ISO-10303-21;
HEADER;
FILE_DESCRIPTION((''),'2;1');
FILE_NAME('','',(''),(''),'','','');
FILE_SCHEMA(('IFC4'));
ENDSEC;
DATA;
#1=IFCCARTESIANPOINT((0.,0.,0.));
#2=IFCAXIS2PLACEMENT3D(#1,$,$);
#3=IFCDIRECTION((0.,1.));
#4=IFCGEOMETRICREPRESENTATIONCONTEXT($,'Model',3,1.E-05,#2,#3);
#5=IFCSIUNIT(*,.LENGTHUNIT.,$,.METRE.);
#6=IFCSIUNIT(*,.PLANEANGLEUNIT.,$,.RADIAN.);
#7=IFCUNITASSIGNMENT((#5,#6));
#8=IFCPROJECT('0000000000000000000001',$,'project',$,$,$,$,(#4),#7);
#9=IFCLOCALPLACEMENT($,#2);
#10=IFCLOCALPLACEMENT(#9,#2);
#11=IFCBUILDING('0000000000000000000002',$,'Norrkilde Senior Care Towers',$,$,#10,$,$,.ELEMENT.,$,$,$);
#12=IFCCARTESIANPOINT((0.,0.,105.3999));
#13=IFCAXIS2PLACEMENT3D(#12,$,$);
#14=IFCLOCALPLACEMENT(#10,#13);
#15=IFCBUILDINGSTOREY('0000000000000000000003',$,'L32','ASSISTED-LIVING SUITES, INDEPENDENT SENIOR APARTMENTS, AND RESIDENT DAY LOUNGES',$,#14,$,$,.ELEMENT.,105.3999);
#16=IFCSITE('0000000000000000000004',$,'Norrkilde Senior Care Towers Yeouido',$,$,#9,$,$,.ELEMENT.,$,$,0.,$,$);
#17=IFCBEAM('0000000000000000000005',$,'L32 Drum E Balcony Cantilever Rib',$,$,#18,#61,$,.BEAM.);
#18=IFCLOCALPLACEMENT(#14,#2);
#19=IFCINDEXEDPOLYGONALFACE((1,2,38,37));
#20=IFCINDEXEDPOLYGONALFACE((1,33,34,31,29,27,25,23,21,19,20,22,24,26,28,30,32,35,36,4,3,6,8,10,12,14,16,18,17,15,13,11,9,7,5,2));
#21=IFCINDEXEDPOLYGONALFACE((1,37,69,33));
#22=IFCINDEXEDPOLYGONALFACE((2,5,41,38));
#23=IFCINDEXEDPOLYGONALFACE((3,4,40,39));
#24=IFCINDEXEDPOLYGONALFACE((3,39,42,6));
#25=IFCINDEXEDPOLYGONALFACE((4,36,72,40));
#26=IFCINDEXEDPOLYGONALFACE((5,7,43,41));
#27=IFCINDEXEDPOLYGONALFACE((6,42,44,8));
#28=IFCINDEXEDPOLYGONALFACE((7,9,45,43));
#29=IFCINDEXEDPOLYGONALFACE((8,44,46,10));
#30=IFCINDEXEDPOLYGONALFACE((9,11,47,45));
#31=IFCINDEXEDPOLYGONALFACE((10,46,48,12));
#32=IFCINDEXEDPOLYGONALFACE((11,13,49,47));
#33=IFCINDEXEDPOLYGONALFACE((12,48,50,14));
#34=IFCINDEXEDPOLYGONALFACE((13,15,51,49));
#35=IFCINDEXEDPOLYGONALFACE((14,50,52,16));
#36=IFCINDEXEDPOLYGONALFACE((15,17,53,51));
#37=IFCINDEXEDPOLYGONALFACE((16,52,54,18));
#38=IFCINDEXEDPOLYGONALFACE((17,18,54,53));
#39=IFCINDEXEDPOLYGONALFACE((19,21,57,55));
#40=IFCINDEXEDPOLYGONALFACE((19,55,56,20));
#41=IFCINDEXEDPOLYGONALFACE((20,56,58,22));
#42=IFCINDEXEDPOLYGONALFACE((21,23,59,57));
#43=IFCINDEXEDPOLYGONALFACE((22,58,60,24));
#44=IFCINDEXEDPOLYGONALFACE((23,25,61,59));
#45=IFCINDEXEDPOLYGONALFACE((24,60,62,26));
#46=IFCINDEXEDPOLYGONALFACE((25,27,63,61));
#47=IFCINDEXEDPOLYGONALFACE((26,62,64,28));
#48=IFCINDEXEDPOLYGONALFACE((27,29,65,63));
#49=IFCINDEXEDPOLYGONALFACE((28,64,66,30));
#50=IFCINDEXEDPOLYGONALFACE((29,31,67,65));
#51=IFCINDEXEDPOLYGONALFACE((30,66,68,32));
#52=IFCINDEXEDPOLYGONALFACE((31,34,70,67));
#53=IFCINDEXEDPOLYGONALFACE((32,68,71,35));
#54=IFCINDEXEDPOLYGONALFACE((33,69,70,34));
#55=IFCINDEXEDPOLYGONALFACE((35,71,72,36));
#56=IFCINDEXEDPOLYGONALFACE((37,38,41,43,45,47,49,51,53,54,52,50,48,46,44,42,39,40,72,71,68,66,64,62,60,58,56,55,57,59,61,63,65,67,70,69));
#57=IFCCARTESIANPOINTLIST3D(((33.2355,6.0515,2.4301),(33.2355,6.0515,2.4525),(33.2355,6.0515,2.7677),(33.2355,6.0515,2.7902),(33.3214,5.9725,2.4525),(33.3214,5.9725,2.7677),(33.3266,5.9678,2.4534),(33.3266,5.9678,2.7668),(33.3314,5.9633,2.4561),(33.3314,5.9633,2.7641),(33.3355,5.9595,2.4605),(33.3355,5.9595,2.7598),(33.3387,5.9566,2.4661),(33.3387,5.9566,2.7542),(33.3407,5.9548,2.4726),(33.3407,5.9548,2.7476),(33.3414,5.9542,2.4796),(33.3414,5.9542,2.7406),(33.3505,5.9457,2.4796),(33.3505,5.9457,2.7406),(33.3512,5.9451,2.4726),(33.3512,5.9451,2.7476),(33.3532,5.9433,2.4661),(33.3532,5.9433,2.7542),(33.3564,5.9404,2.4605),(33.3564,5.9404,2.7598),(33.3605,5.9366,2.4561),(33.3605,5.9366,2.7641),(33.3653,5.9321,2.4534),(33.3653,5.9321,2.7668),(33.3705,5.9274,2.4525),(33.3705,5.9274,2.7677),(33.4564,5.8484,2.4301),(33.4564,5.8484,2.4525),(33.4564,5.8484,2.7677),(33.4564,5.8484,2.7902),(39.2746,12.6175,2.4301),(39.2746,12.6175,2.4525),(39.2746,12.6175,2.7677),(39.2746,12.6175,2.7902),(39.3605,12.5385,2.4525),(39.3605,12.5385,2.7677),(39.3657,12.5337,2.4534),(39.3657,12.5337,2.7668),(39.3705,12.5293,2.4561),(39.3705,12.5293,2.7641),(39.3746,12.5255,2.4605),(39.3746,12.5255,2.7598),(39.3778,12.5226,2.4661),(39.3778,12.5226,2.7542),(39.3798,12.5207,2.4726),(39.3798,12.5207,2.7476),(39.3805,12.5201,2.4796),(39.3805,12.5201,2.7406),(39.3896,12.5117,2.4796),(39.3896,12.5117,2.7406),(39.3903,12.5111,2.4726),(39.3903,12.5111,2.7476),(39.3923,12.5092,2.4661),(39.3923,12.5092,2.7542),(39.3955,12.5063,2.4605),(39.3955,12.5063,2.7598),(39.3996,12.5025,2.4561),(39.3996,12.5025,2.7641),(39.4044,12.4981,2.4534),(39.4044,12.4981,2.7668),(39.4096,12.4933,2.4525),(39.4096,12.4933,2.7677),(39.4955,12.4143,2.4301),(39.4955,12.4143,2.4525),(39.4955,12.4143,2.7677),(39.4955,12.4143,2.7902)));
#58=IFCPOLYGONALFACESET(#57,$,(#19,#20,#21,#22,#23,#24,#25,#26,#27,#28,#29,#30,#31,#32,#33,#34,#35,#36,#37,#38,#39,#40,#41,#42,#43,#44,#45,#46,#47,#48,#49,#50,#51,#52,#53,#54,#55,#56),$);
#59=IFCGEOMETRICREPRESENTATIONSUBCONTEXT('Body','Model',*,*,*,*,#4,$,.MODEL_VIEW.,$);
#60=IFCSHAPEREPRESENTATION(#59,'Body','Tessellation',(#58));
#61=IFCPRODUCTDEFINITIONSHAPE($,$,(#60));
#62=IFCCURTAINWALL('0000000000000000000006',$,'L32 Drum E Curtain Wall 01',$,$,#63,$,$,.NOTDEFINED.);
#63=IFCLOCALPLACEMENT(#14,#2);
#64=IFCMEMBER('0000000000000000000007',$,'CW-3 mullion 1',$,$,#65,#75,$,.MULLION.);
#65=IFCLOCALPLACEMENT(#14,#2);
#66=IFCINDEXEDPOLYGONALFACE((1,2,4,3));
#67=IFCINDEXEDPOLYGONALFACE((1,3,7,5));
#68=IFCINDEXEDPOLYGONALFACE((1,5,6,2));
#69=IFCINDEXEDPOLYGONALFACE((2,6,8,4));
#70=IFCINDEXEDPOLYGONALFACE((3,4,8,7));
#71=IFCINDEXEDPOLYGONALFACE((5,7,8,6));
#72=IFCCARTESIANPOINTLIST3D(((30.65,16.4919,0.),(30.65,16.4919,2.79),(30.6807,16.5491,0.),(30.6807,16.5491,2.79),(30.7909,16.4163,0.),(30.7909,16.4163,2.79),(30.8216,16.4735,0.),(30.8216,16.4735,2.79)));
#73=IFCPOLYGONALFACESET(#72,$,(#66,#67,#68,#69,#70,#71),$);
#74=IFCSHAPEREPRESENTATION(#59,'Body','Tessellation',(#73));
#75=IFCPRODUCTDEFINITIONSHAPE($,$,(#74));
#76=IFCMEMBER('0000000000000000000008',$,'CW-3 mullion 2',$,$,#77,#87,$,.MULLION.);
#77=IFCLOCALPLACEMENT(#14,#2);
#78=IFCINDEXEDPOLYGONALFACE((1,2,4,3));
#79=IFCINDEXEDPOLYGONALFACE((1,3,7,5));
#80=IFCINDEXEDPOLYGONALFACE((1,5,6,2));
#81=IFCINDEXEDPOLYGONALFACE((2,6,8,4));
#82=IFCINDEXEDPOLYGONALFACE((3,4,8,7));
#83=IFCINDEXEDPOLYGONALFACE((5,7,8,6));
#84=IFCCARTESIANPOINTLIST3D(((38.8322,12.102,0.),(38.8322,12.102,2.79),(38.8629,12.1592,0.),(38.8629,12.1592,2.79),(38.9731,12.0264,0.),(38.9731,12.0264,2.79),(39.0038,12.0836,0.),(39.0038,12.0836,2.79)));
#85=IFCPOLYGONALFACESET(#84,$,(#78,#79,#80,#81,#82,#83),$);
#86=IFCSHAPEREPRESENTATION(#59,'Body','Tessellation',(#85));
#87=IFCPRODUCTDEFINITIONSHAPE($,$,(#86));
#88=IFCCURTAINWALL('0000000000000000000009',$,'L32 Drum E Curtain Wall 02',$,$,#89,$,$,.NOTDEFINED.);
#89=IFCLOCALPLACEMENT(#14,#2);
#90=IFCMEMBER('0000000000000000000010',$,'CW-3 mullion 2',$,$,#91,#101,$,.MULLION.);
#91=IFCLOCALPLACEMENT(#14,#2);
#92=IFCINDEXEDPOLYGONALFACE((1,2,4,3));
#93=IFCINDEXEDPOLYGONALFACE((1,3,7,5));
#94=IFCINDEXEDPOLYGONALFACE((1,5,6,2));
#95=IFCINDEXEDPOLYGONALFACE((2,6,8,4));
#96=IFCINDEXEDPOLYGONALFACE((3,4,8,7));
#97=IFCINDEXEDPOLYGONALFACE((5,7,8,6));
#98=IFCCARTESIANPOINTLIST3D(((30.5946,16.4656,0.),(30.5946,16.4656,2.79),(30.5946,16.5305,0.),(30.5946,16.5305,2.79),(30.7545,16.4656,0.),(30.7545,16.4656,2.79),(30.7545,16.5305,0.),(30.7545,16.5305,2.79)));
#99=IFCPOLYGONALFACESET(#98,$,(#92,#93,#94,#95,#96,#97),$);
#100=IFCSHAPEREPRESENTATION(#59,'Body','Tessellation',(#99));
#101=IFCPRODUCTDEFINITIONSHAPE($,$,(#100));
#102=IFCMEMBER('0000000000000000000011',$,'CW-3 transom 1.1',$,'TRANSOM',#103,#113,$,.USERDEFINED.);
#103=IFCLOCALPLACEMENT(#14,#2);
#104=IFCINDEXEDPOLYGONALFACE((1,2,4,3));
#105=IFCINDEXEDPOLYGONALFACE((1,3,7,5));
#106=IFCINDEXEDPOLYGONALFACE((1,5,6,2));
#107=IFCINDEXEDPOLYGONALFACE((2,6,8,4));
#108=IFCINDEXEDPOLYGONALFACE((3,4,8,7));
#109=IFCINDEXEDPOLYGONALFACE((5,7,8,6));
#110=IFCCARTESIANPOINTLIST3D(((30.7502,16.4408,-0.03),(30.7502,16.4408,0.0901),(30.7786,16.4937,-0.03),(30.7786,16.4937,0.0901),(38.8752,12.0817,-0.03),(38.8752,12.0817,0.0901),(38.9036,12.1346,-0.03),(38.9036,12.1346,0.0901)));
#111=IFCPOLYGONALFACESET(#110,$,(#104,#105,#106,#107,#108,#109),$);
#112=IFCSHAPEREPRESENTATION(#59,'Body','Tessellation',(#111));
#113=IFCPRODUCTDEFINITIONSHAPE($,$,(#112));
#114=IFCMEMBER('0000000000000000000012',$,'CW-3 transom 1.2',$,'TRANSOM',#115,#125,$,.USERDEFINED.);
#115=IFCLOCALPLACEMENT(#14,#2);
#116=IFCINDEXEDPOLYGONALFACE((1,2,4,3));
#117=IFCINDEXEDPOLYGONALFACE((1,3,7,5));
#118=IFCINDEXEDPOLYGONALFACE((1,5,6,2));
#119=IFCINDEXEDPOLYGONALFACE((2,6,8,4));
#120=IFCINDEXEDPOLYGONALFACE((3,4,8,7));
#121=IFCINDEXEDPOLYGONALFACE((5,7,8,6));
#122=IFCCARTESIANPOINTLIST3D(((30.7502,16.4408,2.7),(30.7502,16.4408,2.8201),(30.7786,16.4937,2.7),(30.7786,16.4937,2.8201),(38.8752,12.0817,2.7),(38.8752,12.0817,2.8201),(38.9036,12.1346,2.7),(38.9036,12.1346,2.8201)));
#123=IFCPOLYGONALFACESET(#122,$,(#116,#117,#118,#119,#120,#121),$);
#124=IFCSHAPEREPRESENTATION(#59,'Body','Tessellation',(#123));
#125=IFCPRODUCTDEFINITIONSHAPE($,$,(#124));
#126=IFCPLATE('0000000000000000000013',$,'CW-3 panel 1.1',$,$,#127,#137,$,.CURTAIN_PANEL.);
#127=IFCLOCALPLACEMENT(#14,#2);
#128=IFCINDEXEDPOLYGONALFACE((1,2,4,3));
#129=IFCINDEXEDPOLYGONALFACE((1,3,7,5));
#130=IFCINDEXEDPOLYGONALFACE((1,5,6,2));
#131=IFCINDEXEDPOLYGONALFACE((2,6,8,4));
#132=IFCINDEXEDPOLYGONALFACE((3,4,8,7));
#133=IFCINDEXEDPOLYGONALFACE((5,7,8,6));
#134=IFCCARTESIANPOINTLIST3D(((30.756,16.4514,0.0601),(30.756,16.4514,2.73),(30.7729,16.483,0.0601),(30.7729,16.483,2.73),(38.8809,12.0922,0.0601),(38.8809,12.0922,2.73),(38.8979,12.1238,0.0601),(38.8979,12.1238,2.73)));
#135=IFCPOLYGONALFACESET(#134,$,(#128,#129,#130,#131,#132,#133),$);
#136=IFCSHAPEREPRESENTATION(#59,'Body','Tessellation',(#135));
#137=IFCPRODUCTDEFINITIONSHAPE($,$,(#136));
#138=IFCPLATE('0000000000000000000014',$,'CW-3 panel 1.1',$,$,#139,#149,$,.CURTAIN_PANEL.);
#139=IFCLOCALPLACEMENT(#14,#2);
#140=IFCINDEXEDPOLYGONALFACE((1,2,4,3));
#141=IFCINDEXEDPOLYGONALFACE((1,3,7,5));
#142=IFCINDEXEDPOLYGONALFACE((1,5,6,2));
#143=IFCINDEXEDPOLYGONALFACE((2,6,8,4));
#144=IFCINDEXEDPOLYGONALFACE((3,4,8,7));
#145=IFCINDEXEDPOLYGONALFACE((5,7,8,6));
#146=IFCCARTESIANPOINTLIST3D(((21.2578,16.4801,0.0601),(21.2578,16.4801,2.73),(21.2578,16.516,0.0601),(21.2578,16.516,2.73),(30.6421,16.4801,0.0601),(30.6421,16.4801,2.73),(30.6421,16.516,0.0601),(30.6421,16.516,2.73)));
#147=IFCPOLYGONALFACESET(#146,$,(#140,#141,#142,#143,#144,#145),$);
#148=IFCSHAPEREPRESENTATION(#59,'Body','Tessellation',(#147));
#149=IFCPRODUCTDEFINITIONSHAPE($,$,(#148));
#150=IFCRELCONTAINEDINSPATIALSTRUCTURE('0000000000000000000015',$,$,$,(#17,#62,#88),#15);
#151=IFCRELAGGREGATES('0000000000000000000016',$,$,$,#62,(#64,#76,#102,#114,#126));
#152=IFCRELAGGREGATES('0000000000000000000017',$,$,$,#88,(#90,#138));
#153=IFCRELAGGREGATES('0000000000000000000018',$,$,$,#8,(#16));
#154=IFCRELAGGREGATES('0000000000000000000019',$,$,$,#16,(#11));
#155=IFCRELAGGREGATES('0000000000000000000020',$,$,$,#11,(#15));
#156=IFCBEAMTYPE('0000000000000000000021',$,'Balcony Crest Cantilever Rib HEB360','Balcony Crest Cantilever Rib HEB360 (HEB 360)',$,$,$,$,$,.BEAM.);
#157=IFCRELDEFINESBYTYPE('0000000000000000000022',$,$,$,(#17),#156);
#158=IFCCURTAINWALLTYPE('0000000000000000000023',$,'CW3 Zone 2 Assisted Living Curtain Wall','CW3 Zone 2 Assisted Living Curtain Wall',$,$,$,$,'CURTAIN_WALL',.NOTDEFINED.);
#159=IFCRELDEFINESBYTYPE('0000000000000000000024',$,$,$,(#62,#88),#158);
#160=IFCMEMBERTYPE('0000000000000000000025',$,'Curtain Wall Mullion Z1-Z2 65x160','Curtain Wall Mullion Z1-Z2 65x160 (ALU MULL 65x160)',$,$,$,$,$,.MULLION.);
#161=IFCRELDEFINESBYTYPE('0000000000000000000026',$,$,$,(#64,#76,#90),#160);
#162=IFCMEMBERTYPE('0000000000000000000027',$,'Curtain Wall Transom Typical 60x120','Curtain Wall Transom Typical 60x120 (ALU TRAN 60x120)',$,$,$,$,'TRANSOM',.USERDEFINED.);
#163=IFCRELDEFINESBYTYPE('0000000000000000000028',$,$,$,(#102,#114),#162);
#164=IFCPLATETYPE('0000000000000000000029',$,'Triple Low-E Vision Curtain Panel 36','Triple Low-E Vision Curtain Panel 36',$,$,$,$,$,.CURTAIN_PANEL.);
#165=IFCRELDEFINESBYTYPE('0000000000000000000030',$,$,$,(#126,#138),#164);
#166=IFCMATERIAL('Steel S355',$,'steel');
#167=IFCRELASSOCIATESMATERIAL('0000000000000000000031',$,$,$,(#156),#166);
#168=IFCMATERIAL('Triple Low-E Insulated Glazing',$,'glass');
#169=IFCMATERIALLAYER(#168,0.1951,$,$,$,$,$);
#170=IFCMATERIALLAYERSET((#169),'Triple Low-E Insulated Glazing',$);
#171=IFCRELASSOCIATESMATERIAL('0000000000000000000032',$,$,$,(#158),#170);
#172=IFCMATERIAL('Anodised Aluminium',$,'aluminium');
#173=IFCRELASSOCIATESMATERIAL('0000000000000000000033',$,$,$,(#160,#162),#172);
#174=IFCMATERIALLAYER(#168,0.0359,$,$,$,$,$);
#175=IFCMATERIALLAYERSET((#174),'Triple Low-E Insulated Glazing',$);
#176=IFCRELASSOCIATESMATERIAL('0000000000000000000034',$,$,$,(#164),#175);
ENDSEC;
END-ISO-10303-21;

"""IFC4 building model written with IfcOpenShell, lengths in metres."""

from ifc_helpers import new_model, si_unit, direction, frame, origin, origin_2d, place, context, subcontext, project, spatial, rectangle, i_section, extrude, source, transform, mapped, material, layer, layer_set, material_profile, profile_set, type_object, type_shapes, element, aggregate, save


model = new_model("IFC4")

# Units and contexts
model_context = context("Model", 3, precision=1e-05, world=origin(), true_north=direction((0.0, 1.0)))
body_context = subcontext(model_context, "Body", "Model", "MODEL_VIEW")
ifc_project = project(units=[si_unit("LENGTHUNIT", "METRE"), si_unit("PLANEANGLEUNIT", "RADIAN")], contexts=[model_context])

# Site, building, storey
site_placement = place(None, origin())
site = spatial("IfcSite", under=ifc_project, at=site_placement, Name="Norrkilde Senior Care Towers Yeouido", CompositionType="ELEMENT", RefElevation=0.0)
building_placement = place(site_placement, origin())
building = spatial("IfcBuilding", under=site, at=building_placement, Name="Norrkilde Senior Care Towers", CompositionType="ELEMENT")
storey_placement = place(building_placement, frame((0.0, 0.0, 105.3999)))
storey = spatial("IfcBuildingStorey", under=building, at=storey_placement, Name="L32", Description="ASSISTED-LIVING SUITES, INDEPENDENT SENIOR APARTMENTS, AND RESIDENT DAY LOUNGES", CompositionType="ELEMENT", Elevation=105.3999)

# Beam
ifc_material_1 = material(Name="Steel S355", Category="steel")
ifc_material_profile_1 = material_profile(ifc_material_1, i_section(OverallWidth=0.3, OverallDepth=0.3601, WebThickness=0.0125, FlangeThickness=0.0225, FilletRadius=0.0271, at=origin_2d()), Name="HEB 360")
ifc_profile_set_1 = profile_set([ifc_material_profile_1], Name="Steel S355")
beam_type_1 = type_object("IfcBeamType", Name="Balcony Crest Cantilever Rib HEB360", Description="Balcony Crest Cantilever Rib HEB360 (HEB 360)", PredefinedType="BEAM", material=ifc_profile_set_1)
shared_shape_1 = source(origin(), body_context, "Body", "SweptSolid", [
    extrude(i_section(OverallWidth=0.3, OverallDepth=0.3601, WebThickness=0.0125, FlangeThickness=0.0225, FilletRadius=0.0271, at=origin_2d()), origin(), (0.0, 0.0, 1.0), 8.9209),
])
type_shapes(beam_type_1, [shared_shape_1])
beam_1_placement = place(storey_placement, frame((33.3459, 5.95, 2.6101), z_axis=(0.67696, 0.736019, 0.0), x_axis=(-0.736019, 0.67696, 0.0)))
element("IfcBeam", 1, at=beam_1_placement, inside=storey, type_object=beam_type_1, Name="L32 Drum E Balcony Cantilever Rib", PredefinedType="BEAM", context=body_context, shape_type="MappedRepresentation", body=[
    mapped(shared_shape_1, transform((0.0, 0.0, 0.0), x_axis=(1.0, 0.0, 0.0), y_axis=(0.0, 1.0, 0.0), z_axis=(0.0, 0.0, 1.0), scale=1.0)),
])

# Curtain wall, members
ifc_material_2 = material(Name="Triple Low-E Insulated Glazing", Category="glass")
ifc_layer_1 = layer(ifc_material_2, 0.1951)
ifc_layer_set_1 = layer_set([ifc_layer_1], Name="Triple Low-E Insulated Glazing")
curtain_wall_type = type_object("IfcCurtainWallType", Name="CW3 Zone 2 Assisted Living Curtain Wall", Description="CW3 Zone 2 Assisted Living Curtain Wall", ElementType="CURTAIN_WALL", PredefinedType="NOTDEFINED", material=ifc_layer_set_1)
curtain_wall_1_placement = place(storey_placement, origin())
curtain_wall_1 = element("IfcCurtainWall", 2, at=curtain_wall_1_placement, inside=storey, type_object=curtain_wall_type, Name="L32 Drum E Curtain Wall 01", PredefinedType="NOTDEFINED")
ifc_material_3 = material(Name="Anodised Aluminium", Category="aluminium")
ifc_material_profile_2 = material_profile(ifc_material_3, rectangle(XDim=0.0649, YDim=0.1599, at=origin_2d()), Name="ALU MULL 65x160")
ifc_profile_set_2 = profile_set([ifc_material_profile_2], Name="Anodised Aluminium")
member_type_1 = type_object("IfcMemberType", Name="Curtain Wall Mullion Z1-Z2 65x160", Description="Curtain Wall Mullion Z1-Z2 65x160 (ALU MULL 65x160)", PredefinedType="MULLION", material=ifc_profile_set_2)
shared_shape_2 = source(origin(), body_context, "Body", "SweptSolid", [
    extrude(rectangle(XDim=0.0649, YDim=0.1599, at=origin_2d()), origin(), (0.0, 0.0, 1.0), 2.79),
])
type_shapes(member_type_1, [shared_shape_2])
member_1_placement = place(storey_placement, frame((30.7358, 16.4827, 0.0), z_axis=(0.0, 0.0, 1.0), x_axis=(0.472769, 0.881186, 0.0)))
member_1 = element("IfcMember", 3, at=member_1_placement, type_object=member_type_1, Name="CW-3 mullion 1", PredefinedType="MULLION", context=body_context, shape_type="MappedRepresentation", body=[
    mapped(shared_shape_2, transform((0.0, 0.0, 0.0), x_axis=(1.0, 0.0, 0.0), y_axis=(0.0, 1.0, 0.0), z_axis=(0.0, 0.0, 1.0), scale=1.0)),
])
member_2_placement = place(storey_placement, frame((38.918, 12.0928, 0.0), z_axis=(0.0, 0.0, 1.0), x_axis=(0.472769, 0.881186, 0.0)))
member_2 = element("IfcMember", 4, at=member_2_placement, type_object=member_type_1, Name="CW-3 mullion 2", PredefinedType="MULLION", context=body_context, shape_type="MappedRepresentation", body=[
    mapped(shared_shape_2, transform((0.0, 0.0, 0.0), x_axis=(1.0, 0.0, 0.0), y_axis=(0.0, 1.0, 0.0), z_axis=(0.0, 0.0, 1.0), scale=1.0)),
])

# Curtain wall, member
curtain_wall_2_placement = place(storey_placement, origin())
curtain_wall_2 = element("IfcCurtainWall", 5, at=curtain_wall_2_placement, inside=storey, type_object=curtain_wall_type, Name="L32 Drum E Curtain Wall 02", PredefinedType="NOTDEFINED")
member_3_placement = place(storey_placement, frame((30.6746, 16.498, 0.0), z_axis=(0.0, 0.0, 1.0), x_axis=(0.0, 1.0, 0.0)))
member_3 = element("IfcMember", 6, at=member_3_placement, type_object=member_type_1, Name="CW-3 mullion 2", PredefinedType="MULLION", context=body_context, shape_type="MappedRepresentation", body=[
    mapped(shared_shape_2, transform((0.0, 0.0, 0.0), x_axis=(1.0, 0.0, 0.0), y_axis=(0.0, 1.0, 0.0), z_axis=(0.0, 0.0, 1.0), scale=1.0)),
])

# Members
ifc_material_profile_3 = material_profile(ifc_material_3, rectangle(XDim=0.0601, YDim=0.1201, at=origin_2d()), Name="ALU TRAN 60x120")
ifc_profile_set_3 = profile_set([ifc_material_profile_3], Name="Anodised Aluminium")
member_type_2 = type_object("IfcMemberType", Name="Curtain Wall Transom Typical 60x120", Description="Curtain Wall Transom Typical 60x120 (ALU TRAN 60x120)", ElementType="TRANSOM", PredefinedType="USERDEFINED", material=ifc_profile_set_3)
shared_shape_3 = source(origin(), body_context, "Body", "SweptSolid", [
    extrude(rectangle(XDim=0.0601, YDim=0.1201, at=origin_2d()), origin(), (0.0, 0.0, 1.0), 9.2205),
])
type_shapes(member_type_2, [shared_shape_3])
member_4_placement = place(storey_placement, frame((30.7644, 16.4673, 0.03), z_axis=(0.881189, -0.472765, 0.0), x_axis=(0.472765, 0.881189, 0.0)))
member_4 = element("IfcMember", 7, at=member_4_placement, type_object=member_type_2, Name="CW-3 transom 1.1", ObjectType="TRANSOM", PredefinedType="USERDEFINED", context=body_context, shape_type="MappedRepresentation", body=[
    mapped(shared_shape_3, transform((0.0, 0.0, 0.0), x_axis=(1.0, 0.0, 0.0), y_axis=(0.0, 1.0, 0.0), z_axis=(0.0, 0.0, 1.0), scale=1.0)),
])
member_5_placement = place(storey_placement, frame((30.7644, 16.4673, 2.76), z_axis=(0.881189, -0.472765, 0.0), x_axis=(0.472765, 0.881189, 0.0)))
member_5 = element("IfcMember", 8, at=member_5_placement, type_object=member_type_2, Name="CW-3 transom 1.2", ObjectType="TRANSOM", PredefinedType="USERDEFINED", context=body_context, shape_type="MappedRepresentation", body=[
    mapped(shared_shape_3, transform((0.0, 0.0, 0.0), x_axis=(1.0, 0.0, 0.0), y_axis=(0.0, 1.0, 0.0), z_axis=(0.0, 0.0, 1.0), scale=1.0)),
])

# Plates
ifc_layer_2 = layer(ifc_material_2, 0.0359)
ifc_layer_set_2 = layer_set([ifc_layer_2], Name="Triple Low-E Insulated Glazing")
plate_type = type_object("IfcPlateType", Name="Triple Low-E Vision Curtain Panel 36", Description="Triple Low-E Vision Curtain Panel 36", PredefinedType="CURTAIN_PANEL", material=ifc_layer_set_2)
shared_shape_4 = source(origin(), body_context, "Body", "SweptSolid", [
    extrude(rectangle(XDim=9.2205, YDim=0.0359, at=origin_2d()), origin(), (0.0, 0.0, 1.0), 2.6699),
])
plate_1_placement = place(storey_placement, frame((34.8269, 14.2876, 0.0601), z_axis=(0.0, 0.0, 1.0), x_axis=(0.881186, -0.472769, 0.0)))
plate_1 = element("IfcPlate", 9, at=plate_1_placement, type_object=plate_type, Name="CW-3 panel 1.1", PredefinedType="CURTAIN_PANEL", context=body_context, shape_type="MappedRepresentation", body=[
    mapped(shared_shape_4, transform((0.0, 0.0, 0.0), x_axis=(1.0, 0.0, 0.0), y_axis=(0.0, 1.0, 0.0), z_axis=(0.0, 0.0, 1.0), scale=1.0)),
])
aggregate(curtain_wall_1, [member_1, member_2, member_4, member_5, plate_1])
shared_shape_5 = source(origin(), body_context, "Body", "SweptSolid", [
    extrude(rectangle(XDim=9.3843, YDim=0.0359, at=origin_2d()), origin(), (0.0, 0.0, 1.0), 2.6699),
])
type_shapes(plate_type, [shared_shape_4, shared_shape_5])
plate_2_placement = place(storey_placement, frame((25.95, 16.498, 0.0601), z_axis=(0.0, 0.0, 1.0), x_axis=(1.0, 0.0, 0.0)))
plate_2 = element("IfcPlate", 10, at=plate_2_placement, type_object=plate_type, Name="CW-3 panel 1.1", PredefinedType="CURTAIN_PANEL", context=body_context, shape_type="MappedRepresentation", body=[
    mapped(shared_shape_5, transform((0.0, 0.0, 0.0), x_axis=(1.0, 0.0, 0.0), y_axis=(0.0, 1.0, 0.0), z_axis=(0.0, 0.0, 1.0), scale=1.0)),
])
aggregate(curtain_wall_2, [member_3, plate_2])

save(model, "model.ifc")
